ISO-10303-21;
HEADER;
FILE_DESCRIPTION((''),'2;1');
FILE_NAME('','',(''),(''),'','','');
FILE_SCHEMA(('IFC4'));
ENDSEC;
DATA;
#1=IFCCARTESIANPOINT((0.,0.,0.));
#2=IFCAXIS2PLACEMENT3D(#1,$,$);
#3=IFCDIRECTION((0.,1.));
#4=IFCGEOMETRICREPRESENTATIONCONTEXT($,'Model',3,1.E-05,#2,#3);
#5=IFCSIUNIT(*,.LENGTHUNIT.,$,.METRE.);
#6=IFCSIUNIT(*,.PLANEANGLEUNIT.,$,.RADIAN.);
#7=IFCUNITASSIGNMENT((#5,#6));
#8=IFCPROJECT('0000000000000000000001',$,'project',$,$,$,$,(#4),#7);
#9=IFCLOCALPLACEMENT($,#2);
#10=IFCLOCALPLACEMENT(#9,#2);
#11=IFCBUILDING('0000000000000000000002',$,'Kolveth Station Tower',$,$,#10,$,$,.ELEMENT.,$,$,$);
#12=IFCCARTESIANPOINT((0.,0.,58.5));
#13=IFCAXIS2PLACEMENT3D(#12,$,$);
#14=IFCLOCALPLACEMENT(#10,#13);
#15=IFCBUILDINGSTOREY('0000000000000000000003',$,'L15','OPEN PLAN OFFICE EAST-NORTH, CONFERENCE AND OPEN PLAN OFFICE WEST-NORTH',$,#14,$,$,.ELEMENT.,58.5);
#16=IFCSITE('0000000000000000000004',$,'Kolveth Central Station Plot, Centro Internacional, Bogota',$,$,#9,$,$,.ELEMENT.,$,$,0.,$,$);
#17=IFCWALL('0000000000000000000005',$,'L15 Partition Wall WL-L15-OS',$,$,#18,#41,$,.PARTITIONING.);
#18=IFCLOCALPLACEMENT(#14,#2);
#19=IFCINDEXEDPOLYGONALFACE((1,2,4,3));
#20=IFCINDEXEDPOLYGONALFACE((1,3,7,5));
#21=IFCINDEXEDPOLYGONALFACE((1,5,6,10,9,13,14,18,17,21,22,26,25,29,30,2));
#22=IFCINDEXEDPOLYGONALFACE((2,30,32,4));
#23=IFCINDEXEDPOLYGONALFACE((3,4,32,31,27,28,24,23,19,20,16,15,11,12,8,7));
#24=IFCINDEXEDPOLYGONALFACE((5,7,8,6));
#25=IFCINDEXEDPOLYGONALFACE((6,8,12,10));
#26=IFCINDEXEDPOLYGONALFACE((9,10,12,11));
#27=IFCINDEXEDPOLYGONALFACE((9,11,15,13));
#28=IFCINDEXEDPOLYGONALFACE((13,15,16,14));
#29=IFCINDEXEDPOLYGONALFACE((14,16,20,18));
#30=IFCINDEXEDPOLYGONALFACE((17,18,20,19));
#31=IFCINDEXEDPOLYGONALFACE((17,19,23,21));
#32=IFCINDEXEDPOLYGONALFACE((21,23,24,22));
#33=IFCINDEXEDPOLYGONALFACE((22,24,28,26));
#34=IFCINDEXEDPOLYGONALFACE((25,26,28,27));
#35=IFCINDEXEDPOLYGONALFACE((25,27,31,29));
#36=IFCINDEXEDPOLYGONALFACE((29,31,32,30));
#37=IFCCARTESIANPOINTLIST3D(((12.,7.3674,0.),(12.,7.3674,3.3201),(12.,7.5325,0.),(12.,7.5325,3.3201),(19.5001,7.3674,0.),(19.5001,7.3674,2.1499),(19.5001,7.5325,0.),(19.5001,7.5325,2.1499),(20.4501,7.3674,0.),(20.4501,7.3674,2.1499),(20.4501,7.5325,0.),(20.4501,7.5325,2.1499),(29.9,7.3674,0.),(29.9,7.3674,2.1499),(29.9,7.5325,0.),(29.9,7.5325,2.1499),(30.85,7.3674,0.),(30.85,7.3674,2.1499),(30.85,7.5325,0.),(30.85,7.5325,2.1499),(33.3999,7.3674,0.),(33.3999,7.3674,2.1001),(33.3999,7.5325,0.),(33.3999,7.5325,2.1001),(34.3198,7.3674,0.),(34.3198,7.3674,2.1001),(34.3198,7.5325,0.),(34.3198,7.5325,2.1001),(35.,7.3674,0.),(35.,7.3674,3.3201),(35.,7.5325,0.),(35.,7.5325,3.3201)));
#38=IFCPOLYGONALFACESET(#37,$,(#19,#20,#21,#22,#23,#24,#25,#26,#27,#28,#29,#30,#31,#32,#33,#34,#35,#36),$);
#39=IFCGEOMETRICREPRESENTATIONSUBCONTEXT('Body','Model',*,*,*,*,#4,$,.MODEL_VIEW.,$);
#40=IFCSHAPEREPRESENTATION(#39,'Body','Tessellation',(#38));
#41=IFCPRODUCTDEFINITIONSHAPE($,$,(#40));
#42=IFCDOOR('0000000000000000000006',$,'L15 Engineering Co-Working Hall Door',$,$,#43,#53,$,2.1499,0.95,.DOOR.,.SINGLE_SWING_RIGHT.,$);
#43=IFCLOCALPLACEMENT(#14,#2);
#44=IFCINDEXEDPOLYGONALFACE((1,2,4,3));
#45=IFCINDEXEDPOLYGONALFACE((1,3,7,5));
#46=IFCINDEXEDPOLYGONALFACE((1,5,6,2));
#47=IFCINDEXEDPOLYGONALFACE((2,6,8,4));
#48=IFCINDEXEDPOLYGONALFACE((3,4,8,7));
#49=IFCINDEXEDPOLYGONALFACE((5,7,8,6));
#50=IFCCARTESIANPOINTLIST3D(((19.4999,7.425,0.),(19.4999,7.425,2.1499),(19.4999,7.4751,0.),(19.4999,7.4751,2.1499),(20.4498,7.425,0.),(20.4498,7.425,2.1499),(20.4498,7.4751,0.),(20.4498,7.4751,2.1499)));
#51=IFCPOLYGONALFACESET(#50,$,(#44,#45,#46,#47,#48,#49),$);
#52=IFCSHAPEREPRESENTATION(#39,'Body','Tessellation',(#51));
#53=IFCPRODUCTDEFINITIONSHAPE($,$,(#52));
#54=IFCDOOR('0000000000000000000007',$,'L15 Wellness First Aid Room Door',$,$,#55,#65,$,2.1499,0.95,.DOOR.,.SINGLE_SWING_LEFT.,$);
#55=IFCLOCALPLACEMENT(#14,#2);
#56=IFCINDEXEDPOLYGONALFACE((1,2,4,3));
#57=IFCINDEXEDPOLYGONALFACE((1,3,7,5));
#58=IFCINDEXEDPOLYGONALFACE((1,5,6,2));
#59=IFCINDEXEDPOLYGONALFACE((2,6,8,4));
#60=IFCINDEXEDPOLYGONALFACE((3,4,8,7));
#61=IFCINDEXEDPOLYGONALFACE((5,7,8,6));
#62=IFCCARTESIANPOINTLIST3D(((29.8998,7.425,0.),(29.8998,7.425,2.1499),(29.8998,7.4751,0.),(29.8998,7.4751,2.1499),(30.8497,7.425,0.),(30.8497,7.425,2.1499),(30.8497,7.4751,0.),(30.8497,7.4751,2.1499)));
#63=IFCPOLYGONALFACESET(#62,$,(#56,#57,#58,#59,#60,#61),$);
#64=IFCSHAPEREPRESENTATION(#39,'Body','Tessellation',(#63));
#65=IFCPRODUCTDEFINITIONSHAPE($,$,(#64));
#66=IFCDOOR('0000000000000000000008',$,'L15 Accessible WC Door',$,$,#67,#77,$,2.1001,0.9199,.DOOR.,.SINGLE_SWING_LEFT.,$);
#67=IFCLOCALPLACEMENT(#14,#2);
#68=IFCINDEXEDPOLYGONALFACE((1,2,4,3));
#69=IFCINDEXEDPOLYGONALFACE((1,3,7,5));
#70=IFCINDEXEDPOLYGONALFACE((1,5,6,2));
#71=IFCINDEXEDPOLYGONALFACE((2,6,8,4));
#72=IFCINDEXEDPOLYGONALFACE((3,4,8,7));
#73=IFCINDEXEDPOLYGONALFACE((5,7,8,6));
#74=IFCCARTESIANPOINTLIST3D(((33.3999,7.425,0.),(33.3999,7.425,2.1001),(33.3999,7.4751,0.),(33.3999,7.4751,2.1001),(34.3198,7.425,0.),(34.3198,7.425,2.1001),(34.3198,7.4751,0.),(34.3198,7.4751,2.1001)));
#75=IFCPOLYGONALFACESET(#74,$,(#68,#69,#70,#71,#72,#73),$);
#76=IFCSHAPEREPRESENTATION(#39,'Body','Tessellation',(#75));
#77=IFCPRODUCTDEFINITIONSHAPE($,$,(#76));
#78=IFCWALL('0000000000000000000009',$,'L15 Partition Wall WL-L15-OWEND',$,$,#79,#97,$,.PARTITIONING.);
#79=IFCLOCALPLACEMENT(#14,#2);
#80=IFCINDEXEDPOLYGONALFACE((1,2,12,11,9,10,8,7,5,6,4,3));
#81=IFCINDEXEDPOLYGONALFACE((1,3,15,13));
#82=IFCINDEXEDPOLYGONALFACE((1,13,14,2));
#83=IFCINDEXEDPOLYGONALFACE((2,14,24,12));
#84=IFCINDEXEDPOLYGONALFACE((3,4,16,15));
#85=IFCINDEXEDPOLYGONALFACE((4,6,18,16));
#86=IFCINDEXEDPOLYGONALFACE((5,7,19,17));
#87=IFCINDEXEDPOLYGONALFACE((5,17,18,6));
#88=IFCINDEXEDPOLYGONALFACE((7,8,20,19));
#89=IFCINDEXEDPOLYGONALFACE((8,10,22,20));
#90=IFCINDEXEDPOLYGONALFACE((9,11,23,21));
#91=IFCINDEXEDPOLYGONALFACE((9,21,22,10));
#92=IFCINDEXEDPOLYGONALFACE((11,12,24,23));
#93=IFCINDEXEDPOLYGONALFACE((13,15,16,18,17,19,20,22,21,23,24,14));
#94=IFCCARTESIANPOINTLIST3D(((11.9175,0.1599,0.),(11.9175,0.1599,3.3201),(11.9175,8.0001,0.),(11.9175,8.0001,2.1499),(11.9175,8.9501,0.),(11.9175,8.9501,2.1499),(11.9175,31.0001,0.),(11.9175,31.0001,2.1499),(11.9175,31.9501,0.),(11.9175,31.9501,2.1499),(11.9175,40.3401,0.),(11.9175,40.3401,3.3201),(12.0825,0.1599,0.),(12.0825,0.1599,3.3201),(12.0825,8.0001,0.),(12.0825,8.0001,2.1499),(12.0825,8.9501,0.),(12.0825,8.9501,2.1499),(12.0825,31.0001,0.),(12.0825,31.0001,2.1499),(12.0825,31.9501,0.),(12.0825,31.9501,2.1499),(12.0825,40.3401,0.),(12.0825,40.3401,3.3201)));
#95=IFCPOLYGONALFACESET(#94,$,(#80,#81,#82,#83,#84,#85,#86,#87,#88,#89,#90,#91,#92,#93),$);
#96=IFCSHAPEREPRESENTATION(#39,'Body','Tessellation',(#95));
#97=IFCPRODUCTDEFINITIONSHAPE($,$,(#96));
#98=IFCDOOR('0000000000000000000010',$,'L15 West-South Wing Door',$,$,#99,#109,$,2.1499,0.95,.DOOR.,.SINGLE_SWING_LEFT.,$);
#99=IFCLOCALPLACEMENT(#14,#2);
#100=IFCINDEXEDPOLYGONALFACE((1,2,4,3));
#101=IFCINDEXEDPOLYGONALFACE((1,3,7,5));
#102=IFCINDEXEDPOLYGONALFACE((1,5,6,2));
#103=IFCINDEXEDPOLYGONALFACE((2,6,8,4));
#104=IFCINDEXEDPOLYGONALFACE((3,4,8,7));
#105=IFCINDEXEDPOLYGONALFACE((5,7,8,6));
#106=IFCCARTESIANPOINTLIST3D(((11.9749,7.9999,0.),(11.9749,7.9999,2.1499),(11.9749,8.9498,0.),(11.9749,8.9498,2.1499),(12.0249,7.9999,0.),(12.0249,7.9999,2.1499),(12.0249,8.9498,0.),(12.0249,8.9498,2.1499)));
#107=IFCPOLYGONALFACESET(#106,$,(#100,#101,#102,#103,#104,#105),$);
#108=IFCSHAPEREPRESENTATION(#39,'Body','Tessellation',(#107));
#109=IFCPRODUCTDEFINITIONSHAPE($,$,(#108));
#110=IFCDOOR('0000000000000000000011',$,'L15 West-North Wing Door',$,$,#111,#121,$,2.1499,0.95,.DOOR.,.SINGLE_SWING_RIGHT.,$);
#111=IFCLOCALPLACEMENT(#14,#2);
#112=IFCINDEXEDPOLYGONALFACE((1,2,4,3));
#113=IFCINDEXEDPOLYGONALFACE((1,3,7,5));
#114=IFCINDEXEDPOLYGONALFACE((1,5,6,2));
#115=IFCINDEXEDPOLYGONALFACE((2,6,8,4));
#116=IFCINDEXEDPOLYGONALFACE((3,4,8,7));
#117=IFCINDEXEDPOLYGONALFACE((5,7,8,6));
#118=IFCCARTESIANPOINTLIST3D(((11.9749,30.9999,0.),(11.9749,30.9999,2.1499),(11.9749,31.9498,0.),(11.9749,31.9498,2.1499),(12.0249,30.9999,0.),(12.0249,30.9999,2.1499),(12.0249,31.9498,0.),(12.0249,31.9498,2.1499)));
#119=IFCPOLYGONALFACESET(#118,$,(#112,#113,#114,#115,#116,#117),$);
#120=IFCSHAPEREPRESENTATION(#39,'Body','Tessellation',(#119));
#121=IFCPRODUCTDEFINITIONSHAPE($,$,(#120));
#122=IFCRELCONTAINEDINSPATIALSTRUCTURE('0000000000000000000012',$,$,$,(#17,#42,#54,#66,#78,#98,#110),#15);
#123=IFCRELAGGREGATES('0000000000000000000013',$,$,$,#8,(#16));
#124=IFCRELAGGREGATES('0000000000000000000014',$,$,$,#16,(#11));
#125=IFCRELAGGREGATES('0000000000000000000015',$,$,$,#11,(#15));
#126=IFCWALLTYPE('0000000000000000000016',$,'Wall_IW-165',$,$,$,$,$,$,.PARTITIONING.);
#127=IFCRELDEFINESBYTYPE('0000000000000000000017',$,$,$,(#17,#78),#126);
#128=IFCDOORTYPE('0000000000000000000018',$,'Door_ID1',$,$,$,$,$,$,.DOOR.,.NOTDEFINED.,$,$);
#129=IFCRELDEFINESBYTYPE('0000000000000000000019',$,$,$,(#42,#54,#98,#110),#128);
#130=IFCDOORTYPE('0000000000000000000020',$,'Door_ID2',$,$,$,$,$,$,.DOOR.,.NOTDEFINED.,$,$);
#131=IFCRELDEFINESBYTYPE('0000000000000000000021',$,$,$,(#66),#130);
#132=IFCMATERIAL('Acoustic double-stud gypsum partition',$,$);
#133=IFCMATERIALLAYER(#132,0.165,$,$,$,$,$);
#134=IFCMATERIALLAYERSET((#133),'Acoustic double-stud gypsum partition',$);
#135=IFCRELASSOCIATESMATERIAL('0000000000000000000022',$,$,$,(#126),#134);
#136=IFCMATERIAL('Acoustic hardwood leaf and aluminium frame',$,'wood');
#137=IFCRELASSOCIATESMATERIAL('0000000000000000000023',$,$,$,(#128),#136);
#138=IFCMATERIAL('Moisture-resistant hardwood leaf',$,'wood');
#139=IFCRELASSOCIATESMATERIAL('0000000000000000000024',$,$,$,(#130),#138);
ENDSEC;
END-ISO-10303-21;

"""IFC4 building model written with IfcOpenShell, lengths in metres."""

from ifc_helpers import new_model, si_unit, direction, frame, frame_2d, origin, place, context, subcontext, project, spatial, rectangle, extrude, material, layer, layer_set, type_object, element, fill, save


model = new_model("IFC4")

# Units and contexts
model_context = context("Model", 3, precision=1e-05, world=origin(), true_north=direction((0.0, 1.0)))
body_context = subcontext(model_context, "Body", "Model", "MODEL_VIEW")
ifc_project = project(units=[si_unit("LENGTHUNIT", "METRE"), si_unit("PLANEANGLEUNIT", "RADIAN")], contexts=[model_context])

# Site, building, storey
site_placement = place(None, origin())
site = spatial("IfcSite", under=ifc_project, at=site_placement, Name="Kolveth Central Station Plot, Centro Internacional, Bogota", CompositionType="ELEMENT", RefElevation=0.0)
building_placement = place(site_placement, origin())
building = spatial("IfcBuilding", under=site, at=building_placement, Name="Kolveth Station Tower", CompositionType="ELEMENT")
storey_placement = place(building_placement, frame((0.0, 0.0, 58.5)))
storey = spatial("IfcBuildingStorey", under=building, at=storey_placement, Name="L15", Description="OPEN PLAN OFFICE EAST-NORTH, CONFERENCE AND OPEN PLAN OFFICE WEST-NORTH", CompositionType="ELEMENT", Elevation=58.5)

# Walls, openings, doors
ifc_material_1 = material(Name="Acoustic double-stud gypsum partition")
ifc_layer_1 = layer(ifc_material_1, 0.165)
ifc_layer_set_1 = layer_set([ifc_layer_1], Name="Acoustic double-stud gypsum partition")
wall_type = type_object("IfcWallType", Name="Wall_IW-165", PredefinedType="PARTITIONING", material=ifc_layer_set_1)
wall_1_placement = place(storey_placement, frame((12.0, 7.45, 0.0), z_axis=(0.0, 0.0, 1.0), x_axis=(1.0, 0.0, 0.0)))
wall_1 = element("IfcWall", 1, at=wall_1_placement, inside=storey, type_object=wall_type, Name="L15 Partition Wall WL-L15-OS", PredefinedType="PARTITIONING", context=body_context, shape_type="SweptSolid", body=[
    extrude(rectangle(XDim=23.0, YDim=0.165, at=frame_2d((11.5, 0.0))), origin(), (0.0, 0.0, 1.0), 3.3201),
])
opening_1_placement = place(wall_1_placement, frame((7.5, 0.0, 0.0)))
opening_1 = element("IfcOpeningElement", 2, at=opening_1_placement, cuts=wall_1, PredefinedType="OPENING", context=body_context, shape_type="SweptSolid", body=[
    extrude(rectangle(XDim=0.95, YDim=2.1499, at=frame_2d((0.4751, 1.075))), frame((0.0, 0.0925, 0.0), z_axis=(0.0, -1.0, 0.0), x_axis=(1.0, 0.0, 0.0)), (0.0, 0.0, 1.0), 0.1851),
])
opening_2_placement = place(wall_1_placement, frame((17.8999, 0.0, 0.0)))
opening_2 = element("IfcOpeningElement", 3, at=opening_2_placement, cuts=wall_1, PredefinedType="OPENING", context=body_context, shape_type="SweptSolid", body=[
    extrude(rectangle(XDim=0.95, YDim=2.1499, at=frame_2d((0.4751, 1.075))), frame((0.0, 0.0925, 0.0), z_axis=(0.0, -1.0, 0.0), x_axis=(1.0, 0.0, 0.0)), (0.0, 0.0, 1.0), 0.1851),
])
opening_3_placement = place(wall_1_placement, frame((21.3999, 0.0, 0.0)))
opening_3 = element("IfcOpeningElement", 4, at=opening_3_placement, cuts=wall_1, PredefinedType="OPENING", context=body_context, shape_type="SweptSolid", body=[
    extrude(rectangle(XDim=0.9199, YDim=2.1001, at=frame_2d((0.46, 1.05))), frame((0.0, 0.0925, 0.0), z_axis=(0.0, -1.0, 0.0), x_axis=(1.0, 0.0, 0.0)), (0.0, 0.0, 1.0), 0.1851),
])
ifc_material_2 = material(Name="Acoustic hardwood leaf and aluminium frame", Category="wood")
door_type_1 = type_object("IfcDoorType", Name="Door_ID1", OperationType="NOTDEFINED", PredefinedType="DOOR", material=ifc_material_2)
door_1_placement = place(opening_1_placement, frame((0.95, 0.0, 0.0), z_axis=(0.0, 0.0, 1.0), x_axis=(-1.0, 0.0, 0.0)))
door_1 = element("IfcDoor", 5, at=door_1_placement, inside=storey, type_object=door_type_1, Name="L15 Engineering Co-Working Hall Door", OperationType="SINGLE_SWING_RIGHT", OverallHeight=2.1499, OverallWidth=0.95, PredefinedType="DOOR", context=body_context, shape_type="SweptSolid", body=[
    extrude(rectangle(XDim=0.95, YDim=2.1499, at=frame_2d((0.4751, 1.075))), frame((0.0, 0.0249, 0.0), z_axis=(0.0, -1.0, 0.0), x_axis=(1.0, 0.0, 0.0)), (0.0, 0.0, 1.0), 0.05),
])
fill(opening_1, door_1)
door_2_placement = place(opening_2_placement, frame((0.95, 0.0, 0.0), z_axis=(0.0, 0.0, 1.0), x_axis=(-1.0, 0.0, 0.0)))
door_2 = element("IfcDoor", 6, at=door_2_placement, inside=storey, type_object=door_type_1, Name="L15 Wellness First Aid Room Door", OperationType="SINGLE_SWING_LEFT", OverallHeight=2.1499, OverallWidth=0.95, PredefinedType="DOOR", context=body_context, shape_type="SweptSolid", body=[
    extrude(rectangle(XDim=0.95, YDim=2.1499, at=frame_2d((0.4751, 1.075))), frame((0.0, 0.0249, 0.0), z_axis=(0.0, -1.0, 0.0), x_axis=(1.0, 0.0, 0.0)), (0.0, 0.0, 1.0), 0.05),
])
fill(opening_2, door_2)
ifc_material_3 = material(Name="Moisture-resistant hardwood leaf", Category="wood")
door_type_2 = type_object("IfcDoorType", Name="Door_ID2", OperationType="NOTDEFINED", PredefinedType="DOOR", material=ifc_material_3)
door_3_placement = place(opening_3_placement, frame((0.9199, 0.0, 0.0), z_axis=(0.0, 0.0, 1.0), x_axis=(-1.0, 0.0, 0.0)))
door_3 = element("IfcDoor", 7, at=door_3_placement, inside=storey, type_object=door_type_2, Name="L15 Accessible WC Door", OperationType="SINGLE_SWING_LEFT", OverallHeight=2.1001, OverallWidth=0.9199, PredefinedType="DOOR", context=body_context, shape_type="SweptSolid", body=[
    extrude(rectangle(XDim=0.9199, YDim=2.1001, at=frame_2d((0.46, 1.05))), frame((0.0, 0.0249, 0.0), z_axis=(0.0, -1.0, 0.0), x_axis=(1.0, 0.0, 0.0)), (0.0, 0.0, 1.0), 0.05),
])
fill(opening_3, door_3)
wall_2_placement = place(storey_placement, frame((12.0, 0.1599, 0.0), z_axis=(0.0, 0.0, 1.0), x_axis=(0.0, 1.0, 0.0)))
wall_2 = element("IfcWall", 8, at=wall_2_placement, inside=storey, type_object=wall_type, Name="L15 Partition Wall WL-L15-OWEND", PredefinedType="PARTITIONING", context=body_context, shape_type="SweptSolid", body=[
    extrude(rectangle(XDim=40.1802, YDim=0.165, at=frame_2d((20.0901, 0.0))), origin(), (0.0, 0.0, 1.0), 3.3201),
])
opening_4_placement = place(wall_2_placement, frame((7.8401, 0.0, 0.0)))
opening_4 = element("IfcOpeningElement", 9, at=opening_4_placement, cuts=wall_2, PredefinedType="OPENING", context=body_context, shape_type="SweptSolid", body=[
    extrude(rectangle(XDim=0.95, YDim=2.1499, at=frame_2d((0.4751, 1.075))), frame((0.0, 0.0925, 0.0), z_axis=(0.0, -1.0, 0.0), x_axis=(1.0, 0.0, 0.0)), (0.0, 0.0, 1.0), 0.1851),
])
opening_5_placement = place(wall_2_placement, frame((30.8401, 0.0, 0.0)))
opening_5 = element("IfcOpeningElement", 10, at=opening_5_placement, cuts=wall_2, PredefinedType="OPENING", context=body_context, shape_type="SweptSolid", body=[
    extrude(rectangle(XDim=0.95, YDim=2.1499, at=frame_2d((0.4751, 1.075))), frame((0.0, 0.0925, 0.0), z_axis=(0.0, -1.0, 0.0), x_axis=(1.0, 0.0, 0.0)), (0.0, 0.0, 1.0), 0.1851),
])
door_4_placement = place(opening_4_placement, frame((0.95, 0.0, 0.0), z_axis=(0.0, 0.0, 1.0), x_axis=(-1.0, 0.0, 0.0)))
door_4 = element("IfcDoor", 11, at=door_4_placement, inside=storey, type_object=door_type_1, Name="L15 West-South Wing Door", OperationType="SINGLE_SWING_LEFT", OverallHeight=2.1499, OverallWidth=0.95, PredefinedType="DOOR", context=body_context, shape_type="SweptSolid", body=[
    extrude(rectangle(XDim=0.95, YDim=2.1499, at=frame_2d((0.4751, 1.075))), frame((0.0, 0.0249, 0.0), z_axis=(0.0, -1.0, 0.0), x_axis=(1.0, 0.0, 0.0)), (0.0, 0.0, 1.0), 0.05),
])
fill(opening_4, door_4)
door_5_placement = place(opening_5_placement, frame((0.95, 0.0, 0.0), z_axis=(0.0, 0.0, 1.0), x_axis=(-1.0, 0.0, 0.0)))
door_5 = element("IfcDoor", 12, at=door_5_placement, inside=storey, type_object=door_type_1, Name="L15 West-North Wing Door", OperationType="SINGLE_SWING_RIGHT", OverallHeight=2.1499, OverallWidth=0.95, PredefinedType="DOOR", context=body_context, shape_type="SweptSolid", body=[
    extrude(rectangle(XDim=0.95, YDim=2.1499, at=frame_2d((0.4751, 1.075))), frame((0.0, 0.0249, 0.0), z_axis=(0.0, -1.0, 0.0), x_axis=(1.0, 0.0, 0.0)), (0.0, 0.0, 1.0), 0.05),
])
fill(opening_5, door_5)

save(model, "model.ifc")
